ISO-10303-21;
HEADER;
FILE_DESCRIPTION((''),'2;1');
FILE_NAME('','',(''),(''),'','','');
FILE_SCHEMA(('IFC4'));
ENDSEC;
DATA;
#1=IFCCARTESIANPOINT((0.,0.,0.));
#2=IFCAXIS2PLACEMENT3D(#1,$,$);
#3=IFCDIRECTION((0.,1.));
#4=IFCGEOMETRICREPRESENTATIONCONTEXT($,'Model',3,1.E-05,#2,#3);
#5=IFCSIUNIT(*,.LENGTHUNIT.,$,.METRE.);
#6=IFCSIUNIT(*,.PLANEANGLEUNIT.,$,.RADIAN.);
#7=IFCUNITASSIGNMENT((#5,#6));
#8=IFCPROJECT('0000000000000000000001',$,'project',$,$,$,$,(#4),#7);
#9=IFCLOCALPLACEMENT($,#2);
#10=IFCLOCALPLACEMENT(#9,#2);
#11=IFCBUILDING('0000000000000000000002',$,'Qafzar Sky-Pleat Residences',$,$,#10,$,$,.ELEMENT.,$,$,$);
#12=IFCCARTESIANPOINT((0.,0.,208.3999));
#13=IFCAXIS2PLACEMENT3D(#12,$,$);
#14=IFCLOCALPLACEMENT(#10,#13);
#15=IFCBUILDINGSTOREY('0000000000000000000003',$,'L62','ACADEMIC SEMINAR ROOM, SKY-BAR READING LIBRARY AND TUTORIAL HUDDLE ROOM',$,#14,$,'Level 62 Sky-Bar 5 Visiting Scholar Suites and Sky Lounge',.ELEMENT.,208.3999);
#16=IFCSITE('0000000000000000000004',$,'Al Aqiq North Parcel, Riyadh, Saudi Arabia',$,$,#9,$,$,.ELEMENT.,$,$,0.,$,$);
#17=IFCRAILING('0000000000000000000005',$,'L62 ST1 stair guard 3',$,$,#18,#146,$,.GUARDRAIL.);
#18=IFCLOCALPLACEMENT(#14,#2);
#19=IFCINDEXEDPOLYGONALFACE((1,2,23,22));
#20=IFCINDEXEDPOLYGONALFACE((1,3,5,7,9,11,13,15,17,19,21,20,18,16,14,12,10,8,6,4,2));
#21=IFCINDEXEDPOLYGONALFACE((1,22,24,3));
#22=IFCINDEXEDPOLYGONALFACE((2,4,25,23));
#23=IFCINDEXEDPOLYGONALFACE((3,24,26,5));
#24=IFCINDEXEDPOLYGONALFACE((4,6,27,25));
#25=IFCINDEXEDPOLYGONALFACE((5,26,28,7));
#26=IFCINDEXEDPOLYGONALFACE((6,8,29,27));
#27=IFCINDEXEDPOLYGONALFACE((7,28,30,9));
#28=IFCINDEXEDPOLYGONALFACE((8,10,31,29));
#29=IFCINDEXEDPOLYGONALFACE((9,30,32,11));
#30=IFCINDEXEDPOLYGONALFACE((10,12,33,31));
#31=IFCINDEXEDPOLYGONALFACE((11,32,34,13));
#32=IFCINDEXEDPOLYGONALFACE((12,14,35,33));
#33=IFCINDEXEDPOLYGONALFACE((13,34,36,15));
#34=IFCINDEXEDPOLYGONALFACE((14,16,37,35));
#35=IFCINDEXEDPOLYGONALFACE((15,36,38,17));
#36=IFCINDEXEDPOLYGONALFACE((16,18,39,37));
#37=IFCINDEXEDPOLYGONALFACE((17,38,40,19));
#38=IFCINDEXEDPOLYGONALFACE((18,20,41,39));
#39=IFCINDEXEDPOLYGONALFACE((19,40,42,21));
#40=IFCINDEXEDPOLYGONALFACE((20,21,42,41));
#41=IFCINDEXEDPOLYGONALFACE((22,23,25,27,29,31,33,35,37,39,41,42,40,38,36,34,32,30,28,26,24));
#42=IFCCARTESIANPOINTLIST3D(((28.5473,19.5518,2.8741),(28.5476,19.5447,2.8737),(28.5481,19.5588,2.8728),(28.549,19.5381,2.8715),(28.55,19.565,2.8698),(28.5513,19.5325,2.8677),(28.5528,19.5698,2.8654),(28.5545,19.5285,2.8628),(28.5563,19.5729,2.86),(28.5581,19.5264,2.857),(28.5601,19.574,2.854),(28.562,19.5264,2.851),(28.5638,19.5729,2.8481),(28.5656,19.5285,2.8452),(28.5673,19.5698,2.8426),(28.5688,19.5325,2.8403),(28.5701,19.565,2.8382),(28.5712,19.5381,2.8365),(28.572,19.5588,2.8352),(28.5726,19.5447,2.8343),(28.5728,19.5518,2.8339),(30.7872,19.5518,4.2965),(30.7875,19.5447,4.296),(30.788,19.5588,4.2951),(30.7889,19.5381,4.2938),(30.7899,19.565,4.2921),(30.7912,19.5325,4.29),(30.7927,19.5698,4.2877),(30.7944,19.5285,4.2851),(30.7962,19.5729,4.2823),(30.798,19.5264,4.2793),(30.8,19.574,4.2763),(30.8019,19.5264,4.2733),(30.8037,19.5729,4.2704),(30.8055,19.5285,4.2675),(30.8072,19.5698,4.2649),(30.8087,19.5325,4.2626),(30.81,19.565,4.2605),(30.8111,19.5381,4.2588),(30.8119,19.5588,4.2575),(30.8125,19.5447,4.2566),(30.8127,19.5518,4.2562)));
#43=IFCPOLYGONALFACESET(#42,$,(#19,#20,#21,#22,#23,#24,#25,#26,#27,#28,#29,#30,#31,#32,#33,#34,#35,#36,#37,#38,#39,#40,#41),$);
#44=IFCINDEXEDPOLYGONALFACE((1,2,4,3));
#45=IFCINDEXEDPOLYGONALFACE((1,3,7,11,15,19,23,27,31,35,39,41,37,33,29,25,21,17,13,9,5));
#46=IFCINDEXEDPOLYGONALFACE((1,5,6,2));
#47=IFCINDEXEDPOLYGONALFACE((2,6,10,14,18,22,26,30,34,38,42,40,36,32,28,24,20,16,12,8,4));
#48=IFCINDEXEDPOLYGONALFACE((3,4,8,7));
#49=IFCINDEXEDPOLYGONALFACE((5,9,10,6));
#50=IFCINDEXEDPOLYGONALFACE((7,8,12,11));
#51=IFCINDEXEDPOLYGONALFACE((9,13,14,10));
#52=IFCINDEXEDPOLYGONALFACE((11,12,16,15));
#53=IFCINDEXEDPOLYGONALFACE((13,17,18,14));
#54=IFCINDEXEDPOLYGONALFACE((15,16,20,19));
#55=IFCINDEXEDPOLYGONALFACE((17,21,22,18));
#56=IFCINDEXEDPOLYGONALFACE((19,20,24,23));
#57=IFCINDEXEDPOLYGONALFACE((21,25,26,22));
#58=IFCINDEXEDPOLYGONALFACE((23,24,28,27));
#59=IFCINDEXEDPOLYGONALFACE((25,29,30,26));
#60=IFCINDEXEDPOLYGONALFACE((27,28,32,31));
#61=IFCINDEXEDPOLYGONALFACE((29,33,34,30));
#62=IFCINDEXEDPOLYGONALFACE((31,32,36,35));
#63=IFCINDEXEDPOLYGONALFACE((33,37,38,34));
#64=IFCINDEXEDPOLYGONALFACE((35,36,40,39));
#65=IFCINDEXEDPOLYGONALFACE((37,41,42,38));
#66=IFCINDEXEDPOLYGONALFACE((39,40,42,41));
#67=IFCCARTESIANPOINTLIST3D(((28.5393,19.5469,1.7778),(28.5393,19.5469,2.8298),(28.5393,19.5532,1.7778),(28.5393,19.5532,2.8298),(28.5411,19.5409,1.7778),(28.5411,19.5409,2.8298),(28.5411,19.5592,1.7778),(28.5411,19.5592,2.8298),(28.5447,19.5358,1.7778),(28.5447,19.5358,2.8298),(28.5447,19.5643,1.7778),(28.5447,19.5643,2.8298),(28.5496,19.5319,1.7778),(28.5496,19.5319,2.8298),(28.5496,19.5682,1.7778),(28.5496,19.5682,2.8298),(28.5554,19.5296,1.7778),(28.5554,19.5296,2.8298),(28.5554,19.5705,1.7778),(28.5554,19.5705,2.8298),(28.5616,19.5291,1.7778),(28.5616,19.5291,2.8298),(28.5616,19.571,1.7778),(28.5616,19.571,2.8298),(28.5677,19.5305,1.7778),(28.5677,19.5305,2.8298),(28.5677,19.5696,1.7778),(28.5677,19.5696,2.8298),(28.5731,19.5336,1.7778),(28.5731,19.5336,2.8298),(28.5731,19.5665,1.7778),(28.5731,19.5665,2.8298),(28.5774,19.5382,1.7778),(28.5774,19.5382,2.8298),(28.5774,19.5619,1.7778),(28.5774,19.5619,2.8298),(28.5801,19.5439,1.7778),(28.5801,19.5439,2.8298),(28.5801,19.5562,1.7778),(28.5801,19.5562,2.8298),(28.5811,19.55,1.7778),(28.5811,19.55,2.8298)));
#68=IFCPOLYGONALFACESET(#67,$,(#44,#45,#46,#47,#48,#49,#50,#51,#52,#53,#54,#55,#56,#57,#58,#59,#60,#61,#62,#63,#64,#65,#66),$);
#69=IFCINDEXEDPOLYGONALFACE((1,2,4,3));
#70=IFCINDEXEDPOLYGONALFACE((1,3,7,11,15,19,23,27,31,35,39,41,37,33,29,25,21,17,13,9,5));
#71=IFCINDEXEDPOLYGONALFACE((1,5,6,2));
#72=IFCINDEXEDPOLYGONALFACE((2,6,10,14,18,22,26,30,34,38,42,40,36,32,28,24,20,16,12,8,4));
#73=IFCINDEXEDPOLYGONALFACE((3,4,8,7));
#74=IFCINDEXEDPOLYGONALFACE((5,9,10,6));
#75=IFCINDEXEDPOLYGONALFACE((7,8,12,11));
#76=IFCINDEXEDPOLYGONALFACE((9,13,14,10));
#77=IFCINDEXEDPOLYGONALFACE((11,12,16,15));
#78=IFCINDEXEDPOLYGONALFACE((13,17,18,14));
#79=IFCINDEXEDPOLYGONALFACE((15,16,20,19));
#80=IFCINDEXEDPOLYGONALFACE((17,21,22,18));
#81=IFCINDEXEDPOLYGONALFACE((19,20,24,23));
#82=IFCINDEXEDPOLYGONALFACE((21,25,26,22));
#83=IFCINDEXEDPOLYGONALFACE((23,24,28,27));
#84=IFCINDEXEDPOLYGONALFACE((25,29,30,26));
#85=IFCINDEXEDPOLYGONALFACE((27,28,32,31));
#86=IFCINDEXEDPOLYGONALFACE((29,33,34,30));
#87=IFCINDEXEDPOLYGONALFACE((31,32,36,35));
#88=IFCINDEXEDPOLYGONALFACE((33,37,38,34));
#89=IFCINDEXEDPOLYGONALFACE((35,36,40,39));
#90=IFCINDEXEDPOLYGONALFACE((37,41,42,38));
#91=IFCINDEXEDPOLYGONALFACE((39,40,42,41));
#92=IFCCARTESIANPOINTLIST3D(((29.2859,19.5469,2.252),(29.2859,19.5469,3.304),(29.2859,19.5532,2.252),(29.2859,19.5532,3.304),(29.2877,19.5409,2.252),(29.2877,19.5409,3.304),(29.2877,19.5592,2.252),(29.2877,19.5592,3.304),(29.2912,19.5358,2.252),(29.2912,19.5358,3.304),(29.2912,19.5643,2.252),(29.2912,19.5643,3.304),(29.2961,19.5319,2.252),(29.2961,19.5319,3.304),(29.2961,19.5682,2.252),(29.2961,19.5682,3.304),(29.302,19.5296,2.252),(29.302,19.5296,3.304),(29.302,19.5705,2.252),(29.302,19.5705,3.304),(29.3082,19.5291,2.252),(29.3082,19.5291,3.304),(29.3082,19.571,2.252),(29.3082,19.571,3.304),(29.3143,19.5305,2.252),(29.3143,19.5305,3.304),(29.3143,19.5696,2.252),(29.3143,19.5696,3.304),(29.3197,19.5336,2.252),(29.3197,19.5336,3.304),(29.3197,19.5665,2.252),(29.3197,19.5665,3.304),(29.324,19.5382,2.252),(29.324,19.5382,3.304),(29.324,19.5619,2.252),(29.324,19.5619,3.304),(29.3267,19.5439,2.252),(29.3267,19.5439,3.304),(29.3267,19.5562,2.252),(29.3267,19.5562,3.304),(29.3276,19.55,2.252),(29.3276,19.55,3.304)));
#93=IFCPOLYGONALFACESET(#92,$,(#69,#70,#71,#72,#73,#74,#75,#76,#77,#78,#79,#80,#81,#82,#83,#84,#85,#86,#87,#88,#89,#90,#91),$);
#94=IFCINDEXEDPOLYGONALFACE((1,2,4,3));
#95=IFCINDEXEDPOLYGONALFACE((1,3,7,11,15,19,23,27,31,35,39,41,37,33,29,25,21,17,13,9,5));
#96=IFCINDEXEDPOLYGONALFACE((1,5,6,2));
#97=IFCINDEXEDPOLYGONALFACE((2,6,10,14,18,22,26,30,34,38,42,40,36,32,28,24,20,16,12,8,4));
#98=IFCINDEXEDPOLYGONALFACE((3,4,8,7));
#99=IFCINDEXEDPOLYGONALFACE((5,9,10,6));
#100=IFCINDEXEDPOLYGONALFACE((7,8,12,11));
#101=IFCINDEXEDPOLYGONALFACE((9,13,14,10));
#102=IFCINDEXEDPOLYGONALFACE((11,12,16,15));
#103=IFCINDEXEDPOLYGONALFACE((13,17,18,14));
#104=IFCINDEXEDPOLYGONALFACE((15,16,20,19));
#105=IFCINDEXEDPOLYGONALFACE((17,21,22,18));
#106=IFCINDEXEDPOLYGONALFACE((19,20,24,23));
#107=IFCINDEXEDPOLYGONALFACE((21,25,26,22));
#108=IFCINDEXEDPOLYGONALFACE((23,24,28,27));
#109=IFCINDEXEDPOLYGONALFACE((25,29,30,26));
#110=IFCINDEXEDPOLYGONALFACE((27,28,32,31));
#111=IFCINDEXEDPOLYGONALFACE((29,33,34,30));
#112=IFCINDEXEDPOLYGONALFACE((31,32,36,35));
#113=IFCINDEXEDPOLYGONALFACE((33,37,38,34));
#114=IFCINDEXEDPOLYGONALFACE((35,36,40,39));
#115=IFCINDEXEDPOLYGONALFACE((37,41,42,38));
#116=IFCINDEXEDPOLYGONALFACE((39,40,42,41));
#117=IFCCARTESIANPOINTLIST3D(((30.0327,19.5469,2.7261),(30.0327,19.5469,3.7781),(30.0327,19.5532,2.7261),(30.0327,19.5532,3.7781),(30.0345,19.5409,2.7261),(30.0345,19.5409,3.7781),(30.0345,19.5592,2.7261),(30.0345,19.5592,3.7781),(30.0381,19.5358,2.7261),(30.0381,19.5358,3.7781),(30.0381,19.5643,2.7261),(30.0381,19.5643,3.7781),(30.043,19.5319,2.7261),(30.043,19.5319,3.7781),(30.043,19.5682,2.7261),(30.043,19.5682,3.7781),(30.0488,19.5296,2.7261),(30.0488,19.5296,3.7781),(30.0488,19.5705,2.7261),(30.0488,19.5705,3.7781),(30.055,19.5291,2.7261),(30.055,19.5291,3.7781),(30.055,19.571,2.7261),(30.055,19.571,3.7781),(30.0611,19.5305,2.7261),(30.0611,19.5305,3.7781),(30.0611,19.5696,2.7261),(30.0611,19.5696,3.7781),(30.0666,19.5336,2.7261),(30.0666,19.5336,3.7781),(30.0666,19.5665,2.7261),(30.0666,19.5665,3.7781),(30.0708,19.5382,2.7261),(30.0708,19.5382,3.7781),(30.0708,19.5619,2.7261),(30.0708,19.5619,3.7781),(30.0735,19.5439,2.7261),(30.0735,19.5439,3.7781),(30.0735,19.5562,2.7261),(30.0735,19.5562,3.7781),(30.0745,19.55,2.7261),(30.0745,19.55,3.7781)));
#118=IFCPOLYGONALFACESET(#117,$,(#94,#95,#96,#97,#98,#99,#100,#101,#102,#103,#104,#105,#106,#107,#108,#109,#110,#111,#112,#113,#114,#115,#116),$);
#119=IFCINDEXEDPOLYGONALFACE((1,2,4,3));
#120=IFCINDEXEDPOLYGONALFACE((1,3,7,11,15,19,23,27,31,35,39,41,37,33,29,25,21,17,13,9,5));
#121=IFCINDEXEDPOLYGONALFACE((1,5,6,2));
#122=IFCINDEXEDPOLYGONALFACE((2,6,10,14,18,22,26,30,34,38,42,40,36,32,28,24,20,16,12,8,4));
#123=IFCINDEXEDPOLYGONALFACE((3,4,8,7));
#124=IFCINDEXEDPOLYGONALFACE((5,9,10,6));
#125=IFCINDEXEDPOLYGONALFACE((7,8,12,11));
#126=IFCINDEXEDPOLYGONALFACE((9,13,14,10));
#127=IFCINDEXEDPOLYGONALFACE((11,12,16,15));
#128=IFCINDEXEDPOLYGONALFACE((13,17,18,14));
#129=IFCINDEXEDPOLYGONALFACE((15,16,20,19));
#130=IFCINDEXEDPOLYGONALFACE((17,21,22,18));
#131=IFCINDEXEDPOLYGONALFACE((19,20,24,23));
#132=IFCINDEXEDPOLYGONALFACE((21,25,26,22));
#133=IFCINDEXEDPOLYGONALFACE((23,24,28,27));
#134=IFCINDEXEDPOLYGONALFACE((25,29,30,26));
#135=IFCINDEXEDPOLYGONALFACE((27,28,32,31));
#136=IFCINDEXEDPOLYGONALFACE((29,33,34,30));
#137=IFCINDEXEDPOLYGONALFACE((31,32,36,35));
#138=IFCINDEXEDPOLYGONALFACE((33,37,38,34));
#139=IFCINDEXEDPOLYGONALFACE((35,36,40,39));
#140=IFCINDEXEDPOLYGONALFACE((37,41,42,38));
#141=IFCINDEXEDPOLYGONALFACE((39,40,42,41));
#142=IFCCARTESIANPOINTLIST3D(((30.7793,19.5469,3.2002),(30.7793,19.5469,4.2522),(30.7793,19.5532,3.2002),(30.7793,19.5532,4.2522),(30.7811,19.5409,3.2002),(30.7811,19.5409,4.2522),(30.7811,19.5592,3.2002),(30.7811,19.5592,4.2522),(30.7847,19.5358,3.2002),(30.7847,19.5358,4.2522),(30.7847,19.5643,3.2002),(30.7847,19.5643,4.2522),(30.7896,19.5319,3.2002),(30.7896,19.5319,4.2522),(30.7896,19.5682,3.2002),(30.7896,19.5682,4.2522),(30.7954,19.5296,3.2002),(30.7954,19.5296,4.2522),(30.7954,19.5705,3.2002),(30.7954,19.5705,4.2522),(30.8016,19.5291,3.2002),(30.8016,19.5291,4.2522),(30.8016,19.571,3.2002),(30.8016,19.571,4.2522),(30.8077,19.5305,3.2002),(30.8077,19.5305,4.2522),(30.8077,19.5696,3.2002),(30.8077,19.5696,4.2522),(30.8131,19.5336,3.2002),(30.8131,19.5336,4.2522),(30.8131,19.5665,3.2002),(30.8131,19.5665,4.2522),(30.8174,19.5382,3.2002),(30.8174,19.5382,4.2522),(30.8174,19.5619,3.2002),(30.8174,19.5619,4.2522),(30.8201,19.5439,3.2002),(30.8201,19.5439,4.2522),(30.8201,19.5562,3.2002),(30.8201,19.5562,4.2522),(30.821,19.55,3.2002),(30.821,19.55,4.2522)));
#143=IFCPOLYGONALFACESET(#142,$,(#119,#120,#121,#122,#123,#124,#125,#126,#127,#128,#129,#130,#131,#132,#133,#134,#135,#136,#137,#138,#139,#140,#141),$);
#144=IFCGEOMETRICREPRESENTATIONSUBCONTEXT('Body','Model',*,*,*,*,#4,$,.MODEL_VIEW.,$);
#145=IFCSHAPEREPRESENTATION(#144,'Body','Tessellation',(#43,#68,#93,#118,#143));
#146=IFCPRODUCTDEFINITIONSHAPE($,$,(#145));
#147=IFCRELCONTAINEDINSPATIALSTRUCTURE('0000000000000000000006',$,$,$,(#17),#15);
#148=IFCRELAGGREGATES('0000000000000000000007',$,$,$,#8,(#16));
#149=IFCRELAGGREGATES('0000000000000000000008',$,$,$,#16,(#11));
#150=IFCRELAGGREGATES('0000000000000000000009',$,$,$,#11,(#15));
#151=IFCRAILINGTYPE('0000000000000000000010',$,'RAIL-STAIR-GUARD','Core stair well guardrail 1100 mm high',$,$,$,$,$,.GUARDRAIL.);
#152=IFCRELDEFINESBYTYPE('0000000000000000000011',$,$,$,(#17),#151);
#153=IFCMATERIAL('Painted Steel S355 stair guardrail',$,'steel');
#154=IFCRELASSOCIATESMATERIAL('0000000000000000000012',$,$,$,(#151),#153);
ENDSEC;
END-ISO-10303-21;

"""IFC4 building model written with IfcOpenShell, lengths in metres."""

from ifc_helpers import new_model, si_unit, direction, frame, origin, origin_2d, place, context, subcontext, project, spatial, circle, extrude, source, transform, mapped, material, type_object, element, save


model = new_model("IFC4")

# Units and contexts
model_context = context("Model", 3, precision=1e-05, world=origin(), true_north=direction((0.0, 1.0)))
body_context = subcontext(model_context, "Body", "Model", "MODEL_VIEW")
ifc_project = project(units=[si_unit("LENGTHUNIT", "METRE"), si_unit("PLANEANGLEUNIT", "RADIAN")], contexts=[model_context])

# Site, building, storey
site_placement = place(None, origin())
site = spatial("IfcSite", under=ifc_project, at=site_placement, Name="Al Aqiq North Parcel, Riyadh, Saudi Arabia", CompositionType="ELEMENT", RefElevation=0.0)
building_placement = place(site_placement, origin())
building = spatial("IfcBuilding", under=site, at=building_placement, Name="Qafzar Sky-Pleat Residences", CompositionType="ELEMENT")
storey_placement = place(building_placement, frame((0.0, 0.0, 208.3999)))
storey = spatial("IfcBuildingStorey", under=building, at=storey_placement, Name="L62", Description="ACADEMIC SEMINAR ROOM, SKY-BAR READING LIBRARY AND TUTORIAL HUDDLE ROOM", LongName="Level 62 Sky-Bar 5 Visiting Scholar Suites and Sky Lounge", CompositionType="ELEMENT", Elevation=208.3999)

# Railing
ifc_material_1 = material(Name="Painted Steel S355 stair guardrail", Category="steel")
railing_type_1 = type_object("IfcRailingType", Name="RAIL-STAIR-GUARD", Description="Core stair well guardrail 1100 mm high", PredefinedType="GUARDRAIL", material=ifc_material_1)
shared_shape_1 = source(origin(), body_context, "Body", "SweptSolid", [
    extrude(circle(Radius=0.0239, at=origin_2d()), frame((0.0, 0.0, 1.0762), z_axis=(0.844188, 0.0, 0.536048), x_axis=(0.0, 1.0, 0.0)), (0.0, 0.0, 1.0), 2.6533),
    extrude(circle(Radius=0.021, at=origin_2d()), origin(), (0.0, 0.0, 1.0), 1.052),
    extrude(circle(Radius=0.021, at=origin_2d()), frame((0.7466, 0.0, 0.4741)), (0.0, 0.0, 1.0), 1.052),
    extrude(circle(Radius=0.021, at=origin_2d()), frame((1.4934, 0.0, 0.9482)), (0.0, 0.0, 1.0), 1.052),
    extrude(circle(Radius=0.021, at=origin_2d()), frame((2.24, 0.0, 1.4224)), (0.0, 0.0, 1.0), 1.052),
])
railing_1_placement = place(storey_placement, frame((28.5601, 19.55, 1.7778)))
element("IfcRailing", 1, at=railing_1_placement, inside=storey, type_object=railing_type_1, Name="L62 ST1 stair guard 3", PredefinedType="GUARDRAIL", context=body_context, shape_type="MappedRepresentation", body=[
    mapped(shared_shape_1, transform((0.0, 0.0, 0.0), x_axis=(1.0, 0.0, 0.0), y_axis=(0.0, 1.0, 0.0), z_axis=(0.0, 0.0, 1.0), scale=1.0)),
])

save(model, "model.ifc")
